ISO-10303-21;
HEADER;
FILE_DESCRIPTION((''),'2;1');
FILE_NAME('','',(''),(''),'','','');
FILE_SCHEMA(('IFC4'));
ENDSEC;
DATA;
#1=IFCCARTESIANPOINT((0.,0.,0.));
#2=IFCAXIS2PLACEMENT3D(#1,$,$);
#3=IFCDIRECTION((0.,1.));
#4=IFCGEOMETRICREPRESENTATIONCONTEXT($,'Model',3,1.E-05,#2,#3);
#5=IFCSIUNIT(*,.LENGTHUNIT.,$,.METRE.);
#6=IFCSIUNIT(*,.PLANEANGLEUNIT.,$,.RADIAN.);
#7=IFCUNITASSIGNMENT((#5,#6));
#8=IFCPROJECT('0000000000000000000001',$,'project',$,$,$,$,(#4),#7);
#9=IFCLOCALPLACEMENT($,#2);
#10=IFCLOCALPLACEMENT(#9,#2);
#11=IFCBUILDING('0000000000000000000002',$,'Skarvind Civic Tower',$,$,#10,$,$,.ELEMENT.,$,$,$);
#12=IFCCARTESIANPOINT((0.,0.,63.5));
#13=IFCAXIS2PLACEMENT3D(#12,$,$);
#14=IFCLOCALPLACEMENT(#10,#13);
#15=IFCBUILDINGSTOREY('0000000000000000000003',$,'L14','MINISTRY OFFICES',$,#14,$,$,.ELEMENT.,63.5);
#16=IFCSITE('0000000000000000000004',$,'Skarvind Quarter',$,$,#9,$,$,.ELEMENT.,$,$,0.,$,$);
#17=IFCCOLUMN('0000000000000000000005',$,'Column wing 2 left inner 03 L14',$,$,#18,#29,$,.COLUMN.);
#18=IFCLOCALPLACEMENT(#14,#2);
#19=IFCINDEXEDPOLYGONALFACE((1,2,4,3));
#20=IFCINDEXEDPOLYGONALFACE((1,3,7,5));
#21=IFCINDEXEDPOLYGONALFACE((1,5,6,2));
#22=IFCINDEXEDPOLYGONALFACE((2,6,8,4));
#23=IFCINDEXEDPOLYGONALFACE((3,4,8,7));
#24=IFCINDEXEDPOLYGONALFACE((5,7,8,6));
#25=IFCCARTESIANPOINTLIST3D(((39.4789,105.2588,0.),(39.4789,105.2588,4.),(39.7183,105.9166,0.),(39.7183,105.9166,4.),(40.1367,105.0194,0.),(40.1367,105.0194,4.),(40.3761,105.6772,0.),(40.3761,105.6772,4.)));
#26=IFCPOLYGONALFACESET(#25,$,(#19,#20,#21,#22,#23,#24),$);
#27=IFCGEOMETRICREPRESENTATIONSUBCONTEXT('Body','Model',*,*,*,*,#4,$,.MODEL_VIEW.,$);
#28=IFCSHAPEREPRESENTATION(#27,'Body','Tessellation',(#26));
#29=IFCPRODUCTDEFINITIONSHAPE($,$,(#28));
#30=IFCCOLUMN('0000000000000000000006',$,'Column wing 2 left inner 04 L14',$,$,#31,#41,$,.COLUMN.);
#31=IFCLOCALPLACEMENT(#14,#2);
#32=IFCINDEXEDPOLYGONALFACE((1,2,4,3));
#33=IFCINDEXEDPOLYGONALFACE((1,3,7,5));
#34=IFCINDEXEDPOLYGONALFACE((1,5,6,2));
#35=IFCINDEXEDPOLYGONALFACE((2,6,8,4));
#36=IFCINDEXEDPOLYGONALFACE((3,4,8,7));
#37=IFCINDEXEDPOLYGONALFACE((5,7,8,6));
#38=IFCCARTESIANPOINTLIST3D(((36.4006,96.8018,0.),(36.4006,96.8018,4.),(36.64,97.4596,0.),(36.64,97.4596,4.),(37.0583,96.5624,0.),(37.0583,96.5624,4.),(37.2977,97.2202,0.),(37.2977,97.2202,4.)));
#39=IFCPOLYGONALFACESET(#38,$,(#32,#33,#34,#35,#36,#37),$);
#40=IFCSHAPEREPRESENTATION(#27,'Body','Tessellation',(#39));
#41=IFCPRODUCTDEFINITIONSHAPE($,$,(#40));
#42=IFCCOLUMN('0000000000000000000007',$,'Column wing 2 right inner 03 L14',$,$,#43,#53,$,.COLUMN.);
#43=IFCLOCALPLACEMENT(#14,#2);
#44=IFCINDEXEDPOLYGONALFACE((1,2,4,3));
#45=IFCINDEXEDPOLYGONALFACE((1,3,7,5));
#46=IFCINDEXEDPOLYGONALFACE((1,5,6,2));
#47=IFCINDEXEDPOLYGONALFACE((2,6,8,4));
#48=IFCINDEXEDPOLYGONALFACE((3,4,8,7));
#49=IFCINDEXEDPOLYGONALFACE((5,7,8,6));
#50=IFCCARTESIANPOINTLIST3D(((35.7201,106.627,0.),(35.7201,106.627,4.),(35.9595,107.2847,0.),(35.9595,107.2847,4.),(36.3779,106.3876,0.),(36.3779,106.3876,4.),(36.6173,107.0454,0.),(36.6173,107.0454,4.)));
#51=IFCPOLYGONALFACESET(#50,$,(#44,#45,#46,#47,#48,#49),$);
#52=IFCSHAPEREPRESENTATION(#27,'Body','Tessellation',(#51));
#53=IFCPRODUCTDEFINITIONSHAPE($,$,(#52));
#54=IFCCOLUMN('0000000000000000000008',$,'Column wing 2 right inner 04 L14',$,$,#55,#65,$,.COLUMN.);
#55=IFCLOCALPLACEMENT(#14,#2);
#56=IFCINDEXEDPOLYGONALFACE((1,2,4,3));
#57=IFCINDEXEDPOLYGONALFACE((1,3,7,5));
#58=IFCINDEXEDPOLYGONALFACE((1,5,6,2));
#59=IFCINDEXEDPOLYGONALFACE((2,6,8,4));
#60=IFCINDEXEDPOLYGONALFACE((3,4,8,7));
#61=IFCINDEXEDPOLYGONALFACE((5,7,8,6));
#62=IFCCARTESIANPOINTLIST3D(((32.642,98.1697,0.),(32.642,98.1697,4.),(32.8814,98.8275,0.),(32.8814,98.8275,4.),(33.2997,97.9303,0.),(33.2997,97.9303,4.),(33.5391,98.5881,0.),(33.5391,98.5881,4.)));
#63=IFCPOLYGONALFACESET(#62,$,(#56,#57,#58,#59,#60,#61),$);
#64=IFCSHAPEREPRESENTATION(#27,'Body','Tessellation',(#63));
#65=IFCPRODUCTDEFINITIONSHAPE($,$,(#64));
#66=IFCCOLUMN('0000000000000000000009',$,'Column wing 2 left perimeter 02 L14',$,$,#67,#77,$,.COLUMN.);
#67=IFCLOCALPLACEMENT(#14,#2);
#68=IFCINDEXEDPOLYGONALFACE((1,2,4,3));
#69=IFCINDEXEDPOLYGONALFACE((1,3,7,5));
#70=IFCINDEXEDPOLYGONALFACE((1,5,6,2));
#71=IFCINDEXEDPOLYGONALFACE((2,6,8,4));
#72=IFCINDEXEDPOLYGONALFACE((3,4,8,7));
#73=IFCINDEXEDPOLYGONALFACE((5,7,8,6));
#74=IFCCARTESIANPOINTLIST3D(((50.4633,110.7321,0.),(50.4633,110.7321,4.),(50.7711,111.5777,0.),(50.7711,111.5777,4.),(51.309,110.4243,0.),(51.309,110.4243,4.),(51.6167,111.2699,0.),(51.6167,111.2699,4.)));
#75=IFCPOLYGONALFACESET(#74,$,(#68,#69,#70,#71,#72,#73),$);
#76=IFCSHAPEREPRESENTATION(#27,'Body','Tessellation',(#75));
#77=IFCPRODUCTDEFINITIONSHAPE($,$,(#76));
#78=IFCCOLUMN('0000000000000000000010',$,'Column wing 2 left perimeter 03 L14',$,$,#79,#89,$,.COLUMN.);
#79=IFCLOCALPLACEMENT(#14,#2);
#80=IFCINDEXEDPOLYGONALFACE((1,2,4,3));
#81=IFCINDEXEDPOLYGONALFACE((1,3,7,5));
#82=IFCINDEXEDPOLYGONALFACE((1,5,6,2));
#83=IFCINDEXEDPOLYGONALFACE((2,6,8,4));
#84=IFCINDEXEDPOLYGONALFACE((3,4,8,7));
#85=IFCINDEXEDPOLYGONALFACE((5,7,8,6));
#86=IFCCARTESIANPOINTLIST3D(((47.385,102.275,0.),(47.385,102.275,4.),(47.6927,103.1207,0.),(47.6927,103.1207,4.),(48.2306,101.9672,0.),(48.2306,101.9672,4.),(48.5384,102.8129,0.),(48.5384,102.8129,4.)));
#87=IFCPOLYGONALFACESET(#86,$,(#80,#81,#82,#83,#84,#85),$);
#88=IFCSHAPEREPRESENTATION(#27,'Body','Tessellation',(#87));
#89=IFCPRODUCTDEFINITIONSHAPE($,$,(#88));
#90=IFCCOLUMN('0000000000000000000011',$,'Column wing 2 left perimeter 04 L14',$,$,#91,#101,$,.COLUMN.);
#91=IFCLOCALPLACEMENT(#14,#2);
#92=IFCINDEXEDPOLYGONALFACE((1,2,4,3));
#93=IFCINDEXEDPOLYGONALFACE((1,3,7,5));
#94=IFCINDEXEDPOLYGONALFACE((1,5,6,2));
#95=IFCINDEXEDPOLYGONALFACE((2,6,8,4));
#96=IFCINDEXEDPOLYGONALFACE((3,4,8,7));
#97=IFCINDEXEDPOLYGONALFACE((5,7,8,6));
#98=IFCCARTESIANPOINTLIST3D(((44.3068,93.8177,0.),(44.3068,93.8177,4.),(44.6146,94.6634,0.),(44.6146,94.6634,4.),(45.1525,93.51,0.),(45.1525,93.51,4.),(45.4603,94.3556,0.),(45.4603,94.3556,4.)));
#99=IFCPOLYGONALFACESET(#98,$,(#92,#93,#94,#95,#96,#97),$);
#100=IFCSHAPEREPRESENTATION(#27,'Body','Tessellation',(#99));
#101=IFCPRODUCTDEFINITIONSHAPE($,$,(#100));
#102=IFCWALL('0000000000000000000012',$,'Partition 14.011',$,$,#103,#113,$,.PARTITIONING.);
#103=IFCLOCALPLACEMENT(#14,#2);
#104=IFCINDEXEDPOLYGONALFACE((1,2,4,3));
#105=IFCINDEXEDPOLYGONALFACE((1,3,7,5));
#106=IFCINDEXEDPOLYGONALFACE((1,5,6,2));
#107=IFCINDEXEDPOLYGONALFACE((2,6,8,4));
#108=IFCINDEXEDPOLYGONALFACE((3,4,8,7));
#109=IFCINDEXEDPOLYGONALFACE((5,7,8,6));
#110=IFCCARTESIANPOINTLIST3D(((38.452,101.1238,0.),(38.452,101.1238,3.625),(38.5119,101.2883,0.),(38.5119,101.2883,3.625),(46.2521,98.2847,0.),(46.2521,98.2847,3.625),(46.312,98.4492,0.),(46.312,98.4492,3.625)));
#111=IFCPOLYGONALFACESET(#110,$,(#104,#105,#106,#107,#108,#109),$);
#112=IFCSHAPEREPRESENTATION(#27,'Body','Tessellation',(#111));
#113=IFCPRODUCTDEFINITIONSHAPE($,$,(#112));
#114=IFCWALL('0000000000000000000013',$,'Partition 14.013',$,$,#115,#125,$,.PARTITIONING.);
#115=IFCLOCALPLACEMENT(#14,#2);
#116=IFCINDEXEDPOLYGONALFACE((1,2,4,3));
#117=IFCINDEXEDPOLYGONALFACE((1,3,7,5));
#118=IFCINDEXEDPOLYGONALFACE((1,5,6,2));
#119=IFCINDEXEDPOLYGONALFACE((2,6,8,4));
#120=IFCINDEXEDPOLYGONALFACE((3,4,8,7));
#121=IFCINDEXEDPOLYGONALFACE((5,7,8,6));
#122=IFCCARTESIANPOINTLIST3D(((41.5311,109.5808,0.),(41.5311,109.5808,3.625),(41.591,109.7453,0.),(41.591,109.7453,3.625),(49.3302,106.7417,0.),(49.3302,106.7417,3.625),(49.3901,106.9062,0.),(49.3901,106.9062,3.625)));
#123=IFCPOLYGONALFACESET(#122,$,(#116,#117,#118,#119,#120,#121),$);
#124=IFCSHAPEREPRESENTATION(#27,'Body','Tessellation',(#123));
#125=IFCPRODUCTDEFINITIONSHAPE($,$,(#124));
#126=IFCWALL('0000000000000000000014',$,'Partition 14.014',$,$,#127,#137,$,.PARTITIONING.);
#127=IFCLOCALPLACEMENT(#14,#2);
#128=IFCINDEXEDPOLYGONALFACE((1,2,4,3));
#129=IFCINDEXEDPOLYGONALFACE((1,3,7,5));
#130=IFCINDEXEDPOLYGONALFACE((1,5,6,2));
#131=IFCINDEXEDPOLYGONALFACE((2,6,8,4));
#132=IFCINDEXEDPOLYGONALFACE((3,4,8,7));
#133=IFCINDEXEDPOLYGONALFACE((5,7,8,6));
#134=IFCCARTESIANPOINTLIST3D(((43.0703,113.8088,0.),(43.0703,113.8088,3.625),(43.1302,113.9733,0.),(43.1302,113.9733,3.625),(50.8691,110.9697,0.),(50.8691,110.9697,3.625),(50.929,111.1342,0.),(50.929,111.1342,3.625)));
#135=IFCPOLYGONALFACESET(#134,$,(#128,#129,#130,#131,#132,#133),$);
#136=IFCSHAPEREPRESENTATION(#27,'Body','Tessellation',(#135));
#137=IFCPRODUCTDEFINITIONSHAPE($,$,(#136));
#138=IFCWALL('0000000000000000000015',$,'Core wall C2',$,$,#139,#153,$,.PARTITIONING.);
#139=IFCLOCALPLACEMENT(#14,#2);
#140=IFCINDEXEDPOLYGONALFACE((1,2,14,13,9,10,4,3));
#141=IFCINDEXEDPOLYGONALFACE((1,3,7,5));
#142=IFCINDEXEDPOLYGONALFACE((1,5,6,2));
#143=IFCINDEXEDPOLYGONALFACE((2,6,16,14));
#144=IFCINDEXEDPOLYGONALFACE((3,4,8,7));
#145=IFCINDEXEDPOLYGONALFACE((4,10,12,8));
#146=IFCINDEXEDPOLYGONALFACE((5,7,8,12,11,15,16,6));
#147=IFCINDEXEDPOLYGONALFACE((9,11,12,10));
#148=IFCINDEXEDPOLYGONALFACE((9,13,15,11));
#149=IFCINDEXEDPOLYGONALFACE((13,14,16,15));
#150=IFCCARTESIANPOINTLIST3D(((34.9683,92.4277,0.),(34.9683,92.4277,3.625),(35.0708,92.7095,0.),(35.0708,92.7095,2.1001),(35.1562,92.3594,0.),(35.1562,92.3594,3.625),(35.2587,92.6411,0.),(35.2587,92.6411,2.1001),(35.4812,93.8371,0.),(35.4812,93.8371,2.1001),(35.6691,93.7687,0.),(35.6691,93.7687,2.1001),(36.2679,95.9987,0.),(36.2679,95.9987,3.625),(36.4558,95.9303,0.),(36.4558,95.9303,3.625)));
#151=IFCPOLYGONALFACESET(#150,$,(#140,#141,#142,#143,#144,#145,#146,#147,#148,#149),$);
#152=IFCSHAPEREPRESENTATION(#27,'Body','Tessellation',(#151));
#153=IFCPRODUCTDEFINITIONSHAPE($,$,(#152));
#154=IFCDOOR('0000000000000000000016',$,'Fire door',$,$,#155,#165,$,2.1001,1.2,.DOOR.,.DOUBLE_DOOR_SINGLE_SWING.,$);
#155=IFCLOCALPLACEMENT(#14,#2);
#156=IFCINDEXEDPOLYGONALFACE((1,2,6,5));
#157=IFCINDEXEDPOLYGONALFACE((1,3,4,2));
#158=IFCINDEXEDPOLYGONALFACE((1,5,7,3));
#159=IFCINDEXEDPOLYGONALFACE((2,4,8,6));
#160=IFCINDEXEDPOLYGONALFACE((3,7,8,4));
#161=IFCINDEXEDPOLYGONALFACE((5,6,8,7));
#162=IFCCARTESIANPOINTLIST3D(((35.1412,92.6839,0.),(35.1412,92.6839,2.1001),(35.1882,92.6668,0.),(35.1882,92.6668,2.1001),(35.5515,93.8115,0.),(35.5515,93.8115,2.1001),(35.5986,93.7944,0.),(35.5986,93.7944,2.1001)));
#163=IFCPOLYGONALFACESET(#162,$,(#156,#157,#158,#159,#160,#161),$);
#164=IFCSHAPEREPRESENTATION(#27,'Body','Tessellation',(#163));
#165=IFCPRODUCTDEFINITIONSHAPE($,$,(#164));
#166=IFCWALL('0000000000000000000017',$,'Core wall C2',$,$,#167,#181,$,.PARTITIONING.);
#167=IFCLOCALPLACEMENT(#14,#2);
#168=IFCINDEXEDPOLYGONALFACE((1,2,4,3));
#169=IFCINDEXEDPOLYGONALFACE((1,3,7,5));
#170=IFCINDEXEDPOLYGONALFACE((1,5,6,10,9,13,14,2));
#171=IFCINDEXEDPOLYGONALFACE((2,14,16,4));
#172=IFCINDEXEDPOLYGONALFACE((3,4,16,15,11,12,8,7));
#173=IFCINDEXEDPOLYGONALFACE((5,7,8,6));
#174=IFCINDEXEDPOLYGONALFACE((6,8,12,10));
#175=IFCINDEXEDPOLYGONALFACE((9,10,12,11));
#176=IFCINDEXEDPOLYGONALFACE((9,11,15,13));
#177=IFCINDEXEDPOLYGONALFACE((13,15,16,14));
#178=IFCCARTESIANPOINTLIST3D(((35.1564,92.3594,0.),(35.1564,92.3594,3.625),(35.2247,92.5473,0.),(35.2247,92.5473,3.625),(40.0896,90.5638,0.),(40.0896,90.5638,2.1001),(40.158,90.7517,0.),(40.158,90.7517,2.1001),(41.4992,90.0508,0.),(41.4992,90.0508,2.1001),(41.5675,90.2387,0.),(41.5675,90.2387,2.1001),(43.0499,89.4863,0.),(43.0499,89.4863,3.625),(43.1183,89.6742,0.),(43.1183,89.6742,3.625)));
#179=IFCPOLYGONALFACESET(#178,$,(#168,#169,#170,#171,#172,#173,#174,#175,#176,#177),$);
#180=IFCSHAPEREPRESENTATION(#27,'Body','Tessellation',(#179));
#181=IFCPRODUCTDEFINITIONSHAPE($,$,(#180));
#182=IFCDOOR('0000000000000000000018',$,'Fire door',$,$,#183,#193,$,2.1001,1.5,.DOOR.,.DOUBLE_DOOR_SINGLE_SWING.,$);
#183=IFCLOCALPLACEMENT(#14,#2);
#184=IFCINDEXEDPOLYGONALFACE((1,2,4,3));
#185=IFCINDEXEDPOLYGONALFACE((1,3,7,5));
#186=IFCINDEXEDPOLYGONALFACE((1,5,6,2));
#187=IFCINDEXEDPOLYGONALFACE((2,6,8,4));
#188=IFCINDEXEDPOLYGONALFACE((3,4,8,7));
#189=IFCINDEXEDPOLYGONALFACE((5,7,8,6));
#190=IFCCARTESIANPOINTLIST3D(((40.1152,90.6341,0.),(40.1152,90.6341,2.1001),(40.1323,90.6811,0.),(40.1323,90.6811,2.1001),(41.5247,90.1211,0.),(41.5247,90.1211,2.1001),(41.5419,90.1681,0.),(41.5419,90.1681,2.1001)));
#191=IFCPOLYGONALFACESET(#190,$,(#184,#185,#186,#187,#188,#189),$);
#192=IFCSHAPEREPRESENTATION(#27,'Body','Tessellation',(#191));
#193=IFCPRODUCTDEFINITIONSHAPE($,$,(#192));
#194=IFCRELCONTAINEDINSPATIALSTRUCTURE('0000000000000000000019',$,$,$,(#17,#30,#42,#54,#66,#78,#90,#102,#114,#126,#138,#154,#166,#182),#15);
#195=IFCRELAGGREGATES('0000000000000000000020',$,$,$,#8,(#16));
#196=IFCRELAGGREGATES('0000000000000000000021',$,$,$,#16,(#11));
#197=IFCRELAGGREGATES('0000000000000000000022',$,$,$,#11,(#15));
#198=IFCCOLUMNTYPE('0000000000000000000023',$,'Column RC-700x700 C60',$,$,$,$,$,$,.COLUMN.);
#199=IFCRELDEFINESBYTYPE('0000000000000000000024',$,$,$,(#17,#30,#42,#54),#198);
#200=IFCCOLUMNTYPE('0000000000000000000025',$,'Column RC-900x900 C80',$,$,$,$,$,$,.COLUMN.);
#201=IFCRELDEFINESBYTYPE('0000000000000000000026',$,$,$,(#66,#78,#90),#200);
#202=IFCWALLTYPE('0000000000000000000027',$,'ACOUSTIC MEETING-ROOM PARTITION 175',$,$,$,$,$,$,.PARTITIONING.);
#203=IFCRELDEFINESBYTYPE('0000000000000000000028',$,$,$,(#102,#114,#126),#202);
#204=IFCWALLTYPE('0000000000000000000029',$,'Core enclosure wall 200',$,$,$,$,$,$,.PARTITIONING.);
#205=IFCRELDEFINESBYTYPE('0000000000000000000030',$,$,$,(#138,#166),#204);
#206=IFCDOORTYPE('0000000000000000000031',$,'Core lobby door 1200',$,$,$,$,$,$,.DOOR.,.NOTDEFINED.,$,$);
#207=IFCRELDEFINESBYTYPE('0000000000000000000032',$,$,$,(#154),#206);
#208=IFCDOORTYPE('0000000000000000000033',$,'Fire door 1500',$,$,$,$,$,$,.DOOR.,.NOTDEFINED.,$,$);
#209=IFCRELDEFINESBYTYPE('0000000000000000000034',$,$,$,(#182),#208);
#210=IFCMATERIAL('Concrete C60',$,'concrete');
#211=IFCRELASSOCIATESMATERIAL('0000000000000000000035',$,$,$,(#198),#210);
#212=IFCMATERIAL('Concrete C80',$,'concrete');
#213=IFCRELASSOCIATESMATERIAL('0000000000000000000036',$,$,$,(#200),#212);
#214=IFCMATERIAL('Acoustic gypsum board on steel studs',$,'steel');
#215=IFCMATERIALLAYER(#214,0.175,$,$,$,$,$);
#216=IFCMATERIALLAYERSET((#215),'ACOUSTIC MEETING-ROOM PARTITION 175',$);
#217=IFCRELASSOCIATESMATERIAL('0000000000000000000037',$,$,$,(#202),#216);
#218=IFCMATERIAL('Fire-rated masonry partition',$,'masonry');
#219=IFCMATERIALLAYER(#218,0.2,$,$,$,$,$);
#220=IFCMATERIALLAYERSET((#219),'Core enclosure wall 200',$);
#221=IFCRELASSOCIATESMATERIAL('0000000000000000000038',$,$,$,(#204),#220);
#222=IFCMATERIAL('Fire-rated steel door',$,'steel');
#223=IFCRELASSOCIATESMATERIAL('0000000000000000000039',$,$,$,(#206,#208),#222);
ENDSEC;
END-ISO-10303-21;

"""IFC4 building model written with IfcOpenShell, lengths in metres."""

from ifc_helpers import new_model, si_unit, direction, frame, frame_2d, origin, origin_2d, place, context, subcontext, project, spatial, rectangle, extrude, material, layer, layer_set, material_profile, profile_set, type_object, element, fill, save


model = new_model("IFC4")

# Units and contexts
model_context = context("Model", 3, precision=1e-05, world=origin(), true_north=direction((0.0, 1.0)))
body_context = subcontext(model_context, "Body", "Model", "MODEL_VIEW")
ifc_project = project(units=[si_unit("LENGTHUNIT", "METRE"), si_unit("PLANEANGLEUNIT", "RADIAN")], contexts=[model_context])

# Site, building, storey
site_placement = place(None, origin())
site = spatial("IfcSite", under=ifc_project, at=site_placement, Name="Skarvind Quarter", CompositionType="ELEMENT", RefElevation=0.0)
building_placement = place(site_placement, origin())
building = spatial("IfcBuilding", under=site, at=building_placement, Name="Skarvind Civic Tower", CompositionType="ELEMENT")
storey_placement = place(building_placement, frame((0.0, 0.0, 63.5)))
storey = spatial("IfcBuildingStorey", under=building, at=storey_placement, Name="L14", Description="MINISTRY OFFICES", CompositionType="ELEMENT", Elevation=63.5)

# Columns
ifc_material_1 = material(Name="Concrete C60", Category="concrete")
ifc_material_profile_1 = material_profile(ifc_material_1, rectangle(XDim=0.7, YDim=0.7, at=origin_2d()), Name="RC-700x700")
ifc_profile_set_1 = profile_set([ifc_material_profile_1], Name="Concrete C60")
column_type_1 = type_object("IfcColumnType", Name="Column RC-700x700 C60", PredefinedType="COLUMN", material=ifc_profile_set_1)
for number, where, z_axis, x_axis, name in (
    (1, (39.9275, 105.468, 0.0), (0.0, 0.0, 1.0), (-0.34202, -0.939693, 0.0), "Column wing 2 left inner 03 L14"),
    (2, (36.8491, 97.011, 0.0), (0.0, 0.0, 1.0), (-0.34202, -0.939693, 0.0), "Column wing 2 left inner 04 L14"),
    (3, (36.1687, 106.8362, 0.0), (0.0, 0.0, 1.0), (-0.34202, -0.939693, 0.0), "Column wing 2 right inner 03 L14"),
    (4, (33.0906, 98.3789, 0.0), (0.0, 0.0, 1.0), (-0.34202, -0.939693, 0.0), "Column wing 2 right inner 04 L14"),
):
    element("IfcColumn", number, at=place(storey_placement, frame(where, z_axis=z_axis, x_axis=x_axis)), inside=storey, type_object=column_type_1, Name=name, PredefinedType="COLUMN", context=body_context, shape_type="SweptSolid", body=[
        extrude(rectangle(XDim=0.7, YDim=0.7, at=origin_2d()), origin(), (0.0, 0.0, 1.0), 4.0),
    ])
ifc_material_2 = material(Name="Concrete C80", Category="concrete")
ifc_material_profile_2 = material_profile(ifc_material_2, rectangle(XDim=0.8999, YDim=0.8999, at=origin_2d()), Name="RC-900x900")
ifc_profile_set_2 = profile_set([ifc_material_profile_2], Name="Concrete C80")
column_type_2 = type_object("IfcColumnType", Name="Column RC-900x900 C80", PredefinedType="COLUMN", material=ifc_profile_set_2)
for number, where, z_axis, x_axis, name in (
    (5, (51.04, 111.001, 0.0), (0.0, 0.0, 1.0), (-0.34202, -0.939693, 0.0), "Column wing 2 left perimeter 02 L14"),
    (6, (47.9617, 102.5439, 0.0), (0.0, 0.0, 1.0), (-0.34202, -0.939693, 0.0), "Column wing 2 left perimeter 03 L14"),
    (7, (44.8835, 94.0867, 0.0), (0.0, 0.0, 1.0), (-0.34202, -0.939693, 0.0), "Column wing 2 left perimeter 04 L14"),
):
    element("IfcColumn", number, at=place(storey_placement, frame(where, z_axis=z_axis, x_axis=x_axis)), inside=storey, type_object=column_type_2, Name=name, PredefinedType="COLUMN", context=body_context, shape_type="SweptSolid", body=[
        extrude(rectangle(XDim=0.8999, YDim=0.8999, at=origin_2d()), origin(), (0.0, 0.0, 1.0), 4.0),
    ])

# Walls
ifc_material_3 = material(Name="Acoustic gypsum board on steel studs", Category="steel")
ifc_layer_1 = layer(ifc_material_3, 0.175)
ifc_layer_set_1 = layer_set([ifc_layer_1], Name="ACOUSTIC MEETING-ROOM PARTITION 175")
wall_type_1 = type_object("IfcWallType", Name="ACOUSTIC MEETING-ROOM PARTITION 175", PredefinedType="PARTITIONING", material=ifc_layer_set_1)
wall_1_placement = place(storey_placement, frame((38.4819, 101.2061, 0.0), z_axis=(0.0, 0.0, 1.0), x_axis=(0.939688, -0.342034, 0.0)))
element("IfcWall", 8, at=wall_1_placement, inside=storey, type_object=wall_type_1, Name="Partition 14.011", PredefinedType="PARTITIONING", context=body_context, shape_type="SweptSolid", body=[
    extrude(rectangle(XDim=8.3008, YDim=0.175, at=frame_2d((4.1504, 0.0))), origin(), (0.0, 0.0, 1.0), 3.625),
])
wall_2_placement = place(storey_placement, frame((41.561, 109.6631, 0.0), z_axis=(0.0, 0.0, 1.0), x_axis=(0.939674, -0.342071, 0.0)))
element("IfcWall", 9, at=wall_2_placement, inside=storey, type_object=wall_type_1, Name="Partition 14.013", PredefinedType="PARTITIONING", context=body_context, shape_type="SweptSolid", body=[
    extrude(rectangle(XDim=8.2998, YDim=0.175, at=frame_2d((4.1499, 0.0))), origin(), (0.0, 0.0, 1.0), 3.625),
])
wall_3_placement = place(storey_placement, frame((43.1001, 113.8911, 0.0), z_axis=(0.0, 0.0, 1.0), x_axis=(0.939671, -0.342081, 0.0)))
element("IfcWall", 10, at=wall_3_placement, inside=storey, type_object=wall_type_1, Name="Partition 14.014", PredefinedType="PARTITIONING", context=body_context, shape_type="SweptSolid", body=[
    extrude(rectangle(XDim=8.2996, YDim=0.175, at=frame_2d((4.1499, 0.0))), origin(), (0.0, 0.0, 1.0), 3.625),
])

# Walls, openings, doors
ifc_material_4 = material(Name="Fire-rated masonry partition", Category="masonry")
ifc_layer_2 = layer(ifc_material_4, 0.2)
ifc_layer_set_2 = layer_set([ifc_layer_2], Name="Core enclosure wall 200")
wall_type_2 = type_object("IfcWallType", Name="Core enclosure wall 200", PredefinedType="PARTITIONING", material=ifc_layer_set_2)
wall_4_placement = place(storey_placement, frame((36.3618, 95.9644, 0.0), z_axis=(0.0, 0.0, 1.0), x_axis=(-0.341996, -0.939701, 0.0)))
wall_4 = element("IfcWall", 11, at=wall_4_placement, inside=storey, type_object=wall_type_2, Name="Core wall C2", PredefinedType="PARTITIONING", context=body_context, shape_type="SweptSolid", body=[
    extrude(rectangle(XDim=3.8, YDim=0.2, at=frame_2d((1.8999, 0.0))), origin(), (0.0, 0.0, 1.0), 3.625),
])
opening_1_placement = place(wall_4_placement, frame((2.3, 0.0, 0.0)))
opening_1 = element("IfcOpeningElement", 12, at=opening_1_placement, cuts=wall_4, PredefinedType="OPENING", context=body_context, shape_type="SweptSolid", body=[
    extrude(rectangle(XDim=1.2, YDim=2.1001, at=frame_2d((0.6001, 1.05))), frame((0.0, 0.1099, 0.0), z_axis=(0.0, -1.0, 0.0), x_axis=(1.0, 0.0, 0.0)), (0.0, 0.0, 1.0), 0.22),
])
ifc_material_5 = material(Name="Fire-rated steel door", Category="steel")
door_type_1 = type_object("IfcDoorType", Name="Core lobby door 1200", OperationType="NOTDEFINED", PredefinedType="DOOR", material=ifc_material_5)
door_1_placement = place(opening_1_placement, origin())
door_1 = element("IfcDoor", 13, at=door_1_placement, inside=storey, type_object=door_type_1, Name="Fire door", OperationType="DOUBLE_DOOR_SINGLE_SWING", OverallHeight=2.1001, OverallWidth=1.2, PredefinedType="DOOR", context=body_context, shape_type="SweptSolid", body=[
    extrude(rectangle(XDim=1.2, YDim=2.1001, at=frame_2d((0.6001, 1.05))), frame((0.0, 0.0249, 0.0), z_axis=(0.0, -1.0, 0.0), x_axis=(1.0, 0.0, 0.0)), (0.0, 0.0, 1.0), 0.05),
])
fill(opening_1, door_1)
wall_5_placement = place(storey_placement, frame((35.1904, 92.4534, 0.0), z_axis=(0.0, 0.0, 1.0), x_axis=(0.939692, -0.342023, 0.0)))
wall_5 = element("IfcWall", 14, at=wall_5_placement, inside=storey, type_object=wall_type_2, Name="Core wall C2", PredefinedType="PARTITIONING", context=body_context, shape_type="SweptSolid", body=[
    extrude(rectangle(XDim=8.4001, YDim=0.2, at=frame_2d((4.2002, 0.0))), origin(), (0.0, 0.0, 1.0), 3.625),
])
opening_2_placement = place(wall_5_placement, frame((5.25, 0.0, 0.0)))
opening_2 = element("IfcOpeningElement", 15, at=opening_2_placement, cuts=wall_5, PredefinedType="OPENING", context=body_context, shape_type="SweptSolid", body=[
    extrude(rectangle(XDim=1.5, YDim=2.1001, at=frame_2d((0.75, 1.05))), frame((0.0, 0.1099, 0.0), z_axis=(0.0, -1.0, 0.0), x_axis=(1.0, 0.0, 0.0)), (0.0, 0.0, 1.0), 0.22),
])
door_type_2 = type_object("IfcDoorType", Name="Fire door 1500", OperationType="NOTDEFINED", PredefinedType="DOOR", material=ifc_material_5)
door_2_placement = place(opening_2_placement, origin())
door_2 = element("IfcDoor", 16, at=door_2_placement, inside=storey, type_object=door_type_2, Name="Fire door", OperationType="DOUBLE_DOOR_SINGLE_SWING", OverallHeight=2.1001, OverallWidth=1.5, PredefinedType="DOOR", context=body_context, shape_type="SweptSolid", body=[
    extrude(rectangle(XDim=1.5, YDim=2.1001, at=frame_2d((0.75, 1.05))), frame((0.0, 0.0249, 0.0), z_axis=(0.0, -1.0, 0.0), x_axis=(1.0, 0.0, 0.0)), (0.0, 0.0, 1.0), 0.05),
])
fill(opening_2, door_2)

save(model, "model.ifc")
